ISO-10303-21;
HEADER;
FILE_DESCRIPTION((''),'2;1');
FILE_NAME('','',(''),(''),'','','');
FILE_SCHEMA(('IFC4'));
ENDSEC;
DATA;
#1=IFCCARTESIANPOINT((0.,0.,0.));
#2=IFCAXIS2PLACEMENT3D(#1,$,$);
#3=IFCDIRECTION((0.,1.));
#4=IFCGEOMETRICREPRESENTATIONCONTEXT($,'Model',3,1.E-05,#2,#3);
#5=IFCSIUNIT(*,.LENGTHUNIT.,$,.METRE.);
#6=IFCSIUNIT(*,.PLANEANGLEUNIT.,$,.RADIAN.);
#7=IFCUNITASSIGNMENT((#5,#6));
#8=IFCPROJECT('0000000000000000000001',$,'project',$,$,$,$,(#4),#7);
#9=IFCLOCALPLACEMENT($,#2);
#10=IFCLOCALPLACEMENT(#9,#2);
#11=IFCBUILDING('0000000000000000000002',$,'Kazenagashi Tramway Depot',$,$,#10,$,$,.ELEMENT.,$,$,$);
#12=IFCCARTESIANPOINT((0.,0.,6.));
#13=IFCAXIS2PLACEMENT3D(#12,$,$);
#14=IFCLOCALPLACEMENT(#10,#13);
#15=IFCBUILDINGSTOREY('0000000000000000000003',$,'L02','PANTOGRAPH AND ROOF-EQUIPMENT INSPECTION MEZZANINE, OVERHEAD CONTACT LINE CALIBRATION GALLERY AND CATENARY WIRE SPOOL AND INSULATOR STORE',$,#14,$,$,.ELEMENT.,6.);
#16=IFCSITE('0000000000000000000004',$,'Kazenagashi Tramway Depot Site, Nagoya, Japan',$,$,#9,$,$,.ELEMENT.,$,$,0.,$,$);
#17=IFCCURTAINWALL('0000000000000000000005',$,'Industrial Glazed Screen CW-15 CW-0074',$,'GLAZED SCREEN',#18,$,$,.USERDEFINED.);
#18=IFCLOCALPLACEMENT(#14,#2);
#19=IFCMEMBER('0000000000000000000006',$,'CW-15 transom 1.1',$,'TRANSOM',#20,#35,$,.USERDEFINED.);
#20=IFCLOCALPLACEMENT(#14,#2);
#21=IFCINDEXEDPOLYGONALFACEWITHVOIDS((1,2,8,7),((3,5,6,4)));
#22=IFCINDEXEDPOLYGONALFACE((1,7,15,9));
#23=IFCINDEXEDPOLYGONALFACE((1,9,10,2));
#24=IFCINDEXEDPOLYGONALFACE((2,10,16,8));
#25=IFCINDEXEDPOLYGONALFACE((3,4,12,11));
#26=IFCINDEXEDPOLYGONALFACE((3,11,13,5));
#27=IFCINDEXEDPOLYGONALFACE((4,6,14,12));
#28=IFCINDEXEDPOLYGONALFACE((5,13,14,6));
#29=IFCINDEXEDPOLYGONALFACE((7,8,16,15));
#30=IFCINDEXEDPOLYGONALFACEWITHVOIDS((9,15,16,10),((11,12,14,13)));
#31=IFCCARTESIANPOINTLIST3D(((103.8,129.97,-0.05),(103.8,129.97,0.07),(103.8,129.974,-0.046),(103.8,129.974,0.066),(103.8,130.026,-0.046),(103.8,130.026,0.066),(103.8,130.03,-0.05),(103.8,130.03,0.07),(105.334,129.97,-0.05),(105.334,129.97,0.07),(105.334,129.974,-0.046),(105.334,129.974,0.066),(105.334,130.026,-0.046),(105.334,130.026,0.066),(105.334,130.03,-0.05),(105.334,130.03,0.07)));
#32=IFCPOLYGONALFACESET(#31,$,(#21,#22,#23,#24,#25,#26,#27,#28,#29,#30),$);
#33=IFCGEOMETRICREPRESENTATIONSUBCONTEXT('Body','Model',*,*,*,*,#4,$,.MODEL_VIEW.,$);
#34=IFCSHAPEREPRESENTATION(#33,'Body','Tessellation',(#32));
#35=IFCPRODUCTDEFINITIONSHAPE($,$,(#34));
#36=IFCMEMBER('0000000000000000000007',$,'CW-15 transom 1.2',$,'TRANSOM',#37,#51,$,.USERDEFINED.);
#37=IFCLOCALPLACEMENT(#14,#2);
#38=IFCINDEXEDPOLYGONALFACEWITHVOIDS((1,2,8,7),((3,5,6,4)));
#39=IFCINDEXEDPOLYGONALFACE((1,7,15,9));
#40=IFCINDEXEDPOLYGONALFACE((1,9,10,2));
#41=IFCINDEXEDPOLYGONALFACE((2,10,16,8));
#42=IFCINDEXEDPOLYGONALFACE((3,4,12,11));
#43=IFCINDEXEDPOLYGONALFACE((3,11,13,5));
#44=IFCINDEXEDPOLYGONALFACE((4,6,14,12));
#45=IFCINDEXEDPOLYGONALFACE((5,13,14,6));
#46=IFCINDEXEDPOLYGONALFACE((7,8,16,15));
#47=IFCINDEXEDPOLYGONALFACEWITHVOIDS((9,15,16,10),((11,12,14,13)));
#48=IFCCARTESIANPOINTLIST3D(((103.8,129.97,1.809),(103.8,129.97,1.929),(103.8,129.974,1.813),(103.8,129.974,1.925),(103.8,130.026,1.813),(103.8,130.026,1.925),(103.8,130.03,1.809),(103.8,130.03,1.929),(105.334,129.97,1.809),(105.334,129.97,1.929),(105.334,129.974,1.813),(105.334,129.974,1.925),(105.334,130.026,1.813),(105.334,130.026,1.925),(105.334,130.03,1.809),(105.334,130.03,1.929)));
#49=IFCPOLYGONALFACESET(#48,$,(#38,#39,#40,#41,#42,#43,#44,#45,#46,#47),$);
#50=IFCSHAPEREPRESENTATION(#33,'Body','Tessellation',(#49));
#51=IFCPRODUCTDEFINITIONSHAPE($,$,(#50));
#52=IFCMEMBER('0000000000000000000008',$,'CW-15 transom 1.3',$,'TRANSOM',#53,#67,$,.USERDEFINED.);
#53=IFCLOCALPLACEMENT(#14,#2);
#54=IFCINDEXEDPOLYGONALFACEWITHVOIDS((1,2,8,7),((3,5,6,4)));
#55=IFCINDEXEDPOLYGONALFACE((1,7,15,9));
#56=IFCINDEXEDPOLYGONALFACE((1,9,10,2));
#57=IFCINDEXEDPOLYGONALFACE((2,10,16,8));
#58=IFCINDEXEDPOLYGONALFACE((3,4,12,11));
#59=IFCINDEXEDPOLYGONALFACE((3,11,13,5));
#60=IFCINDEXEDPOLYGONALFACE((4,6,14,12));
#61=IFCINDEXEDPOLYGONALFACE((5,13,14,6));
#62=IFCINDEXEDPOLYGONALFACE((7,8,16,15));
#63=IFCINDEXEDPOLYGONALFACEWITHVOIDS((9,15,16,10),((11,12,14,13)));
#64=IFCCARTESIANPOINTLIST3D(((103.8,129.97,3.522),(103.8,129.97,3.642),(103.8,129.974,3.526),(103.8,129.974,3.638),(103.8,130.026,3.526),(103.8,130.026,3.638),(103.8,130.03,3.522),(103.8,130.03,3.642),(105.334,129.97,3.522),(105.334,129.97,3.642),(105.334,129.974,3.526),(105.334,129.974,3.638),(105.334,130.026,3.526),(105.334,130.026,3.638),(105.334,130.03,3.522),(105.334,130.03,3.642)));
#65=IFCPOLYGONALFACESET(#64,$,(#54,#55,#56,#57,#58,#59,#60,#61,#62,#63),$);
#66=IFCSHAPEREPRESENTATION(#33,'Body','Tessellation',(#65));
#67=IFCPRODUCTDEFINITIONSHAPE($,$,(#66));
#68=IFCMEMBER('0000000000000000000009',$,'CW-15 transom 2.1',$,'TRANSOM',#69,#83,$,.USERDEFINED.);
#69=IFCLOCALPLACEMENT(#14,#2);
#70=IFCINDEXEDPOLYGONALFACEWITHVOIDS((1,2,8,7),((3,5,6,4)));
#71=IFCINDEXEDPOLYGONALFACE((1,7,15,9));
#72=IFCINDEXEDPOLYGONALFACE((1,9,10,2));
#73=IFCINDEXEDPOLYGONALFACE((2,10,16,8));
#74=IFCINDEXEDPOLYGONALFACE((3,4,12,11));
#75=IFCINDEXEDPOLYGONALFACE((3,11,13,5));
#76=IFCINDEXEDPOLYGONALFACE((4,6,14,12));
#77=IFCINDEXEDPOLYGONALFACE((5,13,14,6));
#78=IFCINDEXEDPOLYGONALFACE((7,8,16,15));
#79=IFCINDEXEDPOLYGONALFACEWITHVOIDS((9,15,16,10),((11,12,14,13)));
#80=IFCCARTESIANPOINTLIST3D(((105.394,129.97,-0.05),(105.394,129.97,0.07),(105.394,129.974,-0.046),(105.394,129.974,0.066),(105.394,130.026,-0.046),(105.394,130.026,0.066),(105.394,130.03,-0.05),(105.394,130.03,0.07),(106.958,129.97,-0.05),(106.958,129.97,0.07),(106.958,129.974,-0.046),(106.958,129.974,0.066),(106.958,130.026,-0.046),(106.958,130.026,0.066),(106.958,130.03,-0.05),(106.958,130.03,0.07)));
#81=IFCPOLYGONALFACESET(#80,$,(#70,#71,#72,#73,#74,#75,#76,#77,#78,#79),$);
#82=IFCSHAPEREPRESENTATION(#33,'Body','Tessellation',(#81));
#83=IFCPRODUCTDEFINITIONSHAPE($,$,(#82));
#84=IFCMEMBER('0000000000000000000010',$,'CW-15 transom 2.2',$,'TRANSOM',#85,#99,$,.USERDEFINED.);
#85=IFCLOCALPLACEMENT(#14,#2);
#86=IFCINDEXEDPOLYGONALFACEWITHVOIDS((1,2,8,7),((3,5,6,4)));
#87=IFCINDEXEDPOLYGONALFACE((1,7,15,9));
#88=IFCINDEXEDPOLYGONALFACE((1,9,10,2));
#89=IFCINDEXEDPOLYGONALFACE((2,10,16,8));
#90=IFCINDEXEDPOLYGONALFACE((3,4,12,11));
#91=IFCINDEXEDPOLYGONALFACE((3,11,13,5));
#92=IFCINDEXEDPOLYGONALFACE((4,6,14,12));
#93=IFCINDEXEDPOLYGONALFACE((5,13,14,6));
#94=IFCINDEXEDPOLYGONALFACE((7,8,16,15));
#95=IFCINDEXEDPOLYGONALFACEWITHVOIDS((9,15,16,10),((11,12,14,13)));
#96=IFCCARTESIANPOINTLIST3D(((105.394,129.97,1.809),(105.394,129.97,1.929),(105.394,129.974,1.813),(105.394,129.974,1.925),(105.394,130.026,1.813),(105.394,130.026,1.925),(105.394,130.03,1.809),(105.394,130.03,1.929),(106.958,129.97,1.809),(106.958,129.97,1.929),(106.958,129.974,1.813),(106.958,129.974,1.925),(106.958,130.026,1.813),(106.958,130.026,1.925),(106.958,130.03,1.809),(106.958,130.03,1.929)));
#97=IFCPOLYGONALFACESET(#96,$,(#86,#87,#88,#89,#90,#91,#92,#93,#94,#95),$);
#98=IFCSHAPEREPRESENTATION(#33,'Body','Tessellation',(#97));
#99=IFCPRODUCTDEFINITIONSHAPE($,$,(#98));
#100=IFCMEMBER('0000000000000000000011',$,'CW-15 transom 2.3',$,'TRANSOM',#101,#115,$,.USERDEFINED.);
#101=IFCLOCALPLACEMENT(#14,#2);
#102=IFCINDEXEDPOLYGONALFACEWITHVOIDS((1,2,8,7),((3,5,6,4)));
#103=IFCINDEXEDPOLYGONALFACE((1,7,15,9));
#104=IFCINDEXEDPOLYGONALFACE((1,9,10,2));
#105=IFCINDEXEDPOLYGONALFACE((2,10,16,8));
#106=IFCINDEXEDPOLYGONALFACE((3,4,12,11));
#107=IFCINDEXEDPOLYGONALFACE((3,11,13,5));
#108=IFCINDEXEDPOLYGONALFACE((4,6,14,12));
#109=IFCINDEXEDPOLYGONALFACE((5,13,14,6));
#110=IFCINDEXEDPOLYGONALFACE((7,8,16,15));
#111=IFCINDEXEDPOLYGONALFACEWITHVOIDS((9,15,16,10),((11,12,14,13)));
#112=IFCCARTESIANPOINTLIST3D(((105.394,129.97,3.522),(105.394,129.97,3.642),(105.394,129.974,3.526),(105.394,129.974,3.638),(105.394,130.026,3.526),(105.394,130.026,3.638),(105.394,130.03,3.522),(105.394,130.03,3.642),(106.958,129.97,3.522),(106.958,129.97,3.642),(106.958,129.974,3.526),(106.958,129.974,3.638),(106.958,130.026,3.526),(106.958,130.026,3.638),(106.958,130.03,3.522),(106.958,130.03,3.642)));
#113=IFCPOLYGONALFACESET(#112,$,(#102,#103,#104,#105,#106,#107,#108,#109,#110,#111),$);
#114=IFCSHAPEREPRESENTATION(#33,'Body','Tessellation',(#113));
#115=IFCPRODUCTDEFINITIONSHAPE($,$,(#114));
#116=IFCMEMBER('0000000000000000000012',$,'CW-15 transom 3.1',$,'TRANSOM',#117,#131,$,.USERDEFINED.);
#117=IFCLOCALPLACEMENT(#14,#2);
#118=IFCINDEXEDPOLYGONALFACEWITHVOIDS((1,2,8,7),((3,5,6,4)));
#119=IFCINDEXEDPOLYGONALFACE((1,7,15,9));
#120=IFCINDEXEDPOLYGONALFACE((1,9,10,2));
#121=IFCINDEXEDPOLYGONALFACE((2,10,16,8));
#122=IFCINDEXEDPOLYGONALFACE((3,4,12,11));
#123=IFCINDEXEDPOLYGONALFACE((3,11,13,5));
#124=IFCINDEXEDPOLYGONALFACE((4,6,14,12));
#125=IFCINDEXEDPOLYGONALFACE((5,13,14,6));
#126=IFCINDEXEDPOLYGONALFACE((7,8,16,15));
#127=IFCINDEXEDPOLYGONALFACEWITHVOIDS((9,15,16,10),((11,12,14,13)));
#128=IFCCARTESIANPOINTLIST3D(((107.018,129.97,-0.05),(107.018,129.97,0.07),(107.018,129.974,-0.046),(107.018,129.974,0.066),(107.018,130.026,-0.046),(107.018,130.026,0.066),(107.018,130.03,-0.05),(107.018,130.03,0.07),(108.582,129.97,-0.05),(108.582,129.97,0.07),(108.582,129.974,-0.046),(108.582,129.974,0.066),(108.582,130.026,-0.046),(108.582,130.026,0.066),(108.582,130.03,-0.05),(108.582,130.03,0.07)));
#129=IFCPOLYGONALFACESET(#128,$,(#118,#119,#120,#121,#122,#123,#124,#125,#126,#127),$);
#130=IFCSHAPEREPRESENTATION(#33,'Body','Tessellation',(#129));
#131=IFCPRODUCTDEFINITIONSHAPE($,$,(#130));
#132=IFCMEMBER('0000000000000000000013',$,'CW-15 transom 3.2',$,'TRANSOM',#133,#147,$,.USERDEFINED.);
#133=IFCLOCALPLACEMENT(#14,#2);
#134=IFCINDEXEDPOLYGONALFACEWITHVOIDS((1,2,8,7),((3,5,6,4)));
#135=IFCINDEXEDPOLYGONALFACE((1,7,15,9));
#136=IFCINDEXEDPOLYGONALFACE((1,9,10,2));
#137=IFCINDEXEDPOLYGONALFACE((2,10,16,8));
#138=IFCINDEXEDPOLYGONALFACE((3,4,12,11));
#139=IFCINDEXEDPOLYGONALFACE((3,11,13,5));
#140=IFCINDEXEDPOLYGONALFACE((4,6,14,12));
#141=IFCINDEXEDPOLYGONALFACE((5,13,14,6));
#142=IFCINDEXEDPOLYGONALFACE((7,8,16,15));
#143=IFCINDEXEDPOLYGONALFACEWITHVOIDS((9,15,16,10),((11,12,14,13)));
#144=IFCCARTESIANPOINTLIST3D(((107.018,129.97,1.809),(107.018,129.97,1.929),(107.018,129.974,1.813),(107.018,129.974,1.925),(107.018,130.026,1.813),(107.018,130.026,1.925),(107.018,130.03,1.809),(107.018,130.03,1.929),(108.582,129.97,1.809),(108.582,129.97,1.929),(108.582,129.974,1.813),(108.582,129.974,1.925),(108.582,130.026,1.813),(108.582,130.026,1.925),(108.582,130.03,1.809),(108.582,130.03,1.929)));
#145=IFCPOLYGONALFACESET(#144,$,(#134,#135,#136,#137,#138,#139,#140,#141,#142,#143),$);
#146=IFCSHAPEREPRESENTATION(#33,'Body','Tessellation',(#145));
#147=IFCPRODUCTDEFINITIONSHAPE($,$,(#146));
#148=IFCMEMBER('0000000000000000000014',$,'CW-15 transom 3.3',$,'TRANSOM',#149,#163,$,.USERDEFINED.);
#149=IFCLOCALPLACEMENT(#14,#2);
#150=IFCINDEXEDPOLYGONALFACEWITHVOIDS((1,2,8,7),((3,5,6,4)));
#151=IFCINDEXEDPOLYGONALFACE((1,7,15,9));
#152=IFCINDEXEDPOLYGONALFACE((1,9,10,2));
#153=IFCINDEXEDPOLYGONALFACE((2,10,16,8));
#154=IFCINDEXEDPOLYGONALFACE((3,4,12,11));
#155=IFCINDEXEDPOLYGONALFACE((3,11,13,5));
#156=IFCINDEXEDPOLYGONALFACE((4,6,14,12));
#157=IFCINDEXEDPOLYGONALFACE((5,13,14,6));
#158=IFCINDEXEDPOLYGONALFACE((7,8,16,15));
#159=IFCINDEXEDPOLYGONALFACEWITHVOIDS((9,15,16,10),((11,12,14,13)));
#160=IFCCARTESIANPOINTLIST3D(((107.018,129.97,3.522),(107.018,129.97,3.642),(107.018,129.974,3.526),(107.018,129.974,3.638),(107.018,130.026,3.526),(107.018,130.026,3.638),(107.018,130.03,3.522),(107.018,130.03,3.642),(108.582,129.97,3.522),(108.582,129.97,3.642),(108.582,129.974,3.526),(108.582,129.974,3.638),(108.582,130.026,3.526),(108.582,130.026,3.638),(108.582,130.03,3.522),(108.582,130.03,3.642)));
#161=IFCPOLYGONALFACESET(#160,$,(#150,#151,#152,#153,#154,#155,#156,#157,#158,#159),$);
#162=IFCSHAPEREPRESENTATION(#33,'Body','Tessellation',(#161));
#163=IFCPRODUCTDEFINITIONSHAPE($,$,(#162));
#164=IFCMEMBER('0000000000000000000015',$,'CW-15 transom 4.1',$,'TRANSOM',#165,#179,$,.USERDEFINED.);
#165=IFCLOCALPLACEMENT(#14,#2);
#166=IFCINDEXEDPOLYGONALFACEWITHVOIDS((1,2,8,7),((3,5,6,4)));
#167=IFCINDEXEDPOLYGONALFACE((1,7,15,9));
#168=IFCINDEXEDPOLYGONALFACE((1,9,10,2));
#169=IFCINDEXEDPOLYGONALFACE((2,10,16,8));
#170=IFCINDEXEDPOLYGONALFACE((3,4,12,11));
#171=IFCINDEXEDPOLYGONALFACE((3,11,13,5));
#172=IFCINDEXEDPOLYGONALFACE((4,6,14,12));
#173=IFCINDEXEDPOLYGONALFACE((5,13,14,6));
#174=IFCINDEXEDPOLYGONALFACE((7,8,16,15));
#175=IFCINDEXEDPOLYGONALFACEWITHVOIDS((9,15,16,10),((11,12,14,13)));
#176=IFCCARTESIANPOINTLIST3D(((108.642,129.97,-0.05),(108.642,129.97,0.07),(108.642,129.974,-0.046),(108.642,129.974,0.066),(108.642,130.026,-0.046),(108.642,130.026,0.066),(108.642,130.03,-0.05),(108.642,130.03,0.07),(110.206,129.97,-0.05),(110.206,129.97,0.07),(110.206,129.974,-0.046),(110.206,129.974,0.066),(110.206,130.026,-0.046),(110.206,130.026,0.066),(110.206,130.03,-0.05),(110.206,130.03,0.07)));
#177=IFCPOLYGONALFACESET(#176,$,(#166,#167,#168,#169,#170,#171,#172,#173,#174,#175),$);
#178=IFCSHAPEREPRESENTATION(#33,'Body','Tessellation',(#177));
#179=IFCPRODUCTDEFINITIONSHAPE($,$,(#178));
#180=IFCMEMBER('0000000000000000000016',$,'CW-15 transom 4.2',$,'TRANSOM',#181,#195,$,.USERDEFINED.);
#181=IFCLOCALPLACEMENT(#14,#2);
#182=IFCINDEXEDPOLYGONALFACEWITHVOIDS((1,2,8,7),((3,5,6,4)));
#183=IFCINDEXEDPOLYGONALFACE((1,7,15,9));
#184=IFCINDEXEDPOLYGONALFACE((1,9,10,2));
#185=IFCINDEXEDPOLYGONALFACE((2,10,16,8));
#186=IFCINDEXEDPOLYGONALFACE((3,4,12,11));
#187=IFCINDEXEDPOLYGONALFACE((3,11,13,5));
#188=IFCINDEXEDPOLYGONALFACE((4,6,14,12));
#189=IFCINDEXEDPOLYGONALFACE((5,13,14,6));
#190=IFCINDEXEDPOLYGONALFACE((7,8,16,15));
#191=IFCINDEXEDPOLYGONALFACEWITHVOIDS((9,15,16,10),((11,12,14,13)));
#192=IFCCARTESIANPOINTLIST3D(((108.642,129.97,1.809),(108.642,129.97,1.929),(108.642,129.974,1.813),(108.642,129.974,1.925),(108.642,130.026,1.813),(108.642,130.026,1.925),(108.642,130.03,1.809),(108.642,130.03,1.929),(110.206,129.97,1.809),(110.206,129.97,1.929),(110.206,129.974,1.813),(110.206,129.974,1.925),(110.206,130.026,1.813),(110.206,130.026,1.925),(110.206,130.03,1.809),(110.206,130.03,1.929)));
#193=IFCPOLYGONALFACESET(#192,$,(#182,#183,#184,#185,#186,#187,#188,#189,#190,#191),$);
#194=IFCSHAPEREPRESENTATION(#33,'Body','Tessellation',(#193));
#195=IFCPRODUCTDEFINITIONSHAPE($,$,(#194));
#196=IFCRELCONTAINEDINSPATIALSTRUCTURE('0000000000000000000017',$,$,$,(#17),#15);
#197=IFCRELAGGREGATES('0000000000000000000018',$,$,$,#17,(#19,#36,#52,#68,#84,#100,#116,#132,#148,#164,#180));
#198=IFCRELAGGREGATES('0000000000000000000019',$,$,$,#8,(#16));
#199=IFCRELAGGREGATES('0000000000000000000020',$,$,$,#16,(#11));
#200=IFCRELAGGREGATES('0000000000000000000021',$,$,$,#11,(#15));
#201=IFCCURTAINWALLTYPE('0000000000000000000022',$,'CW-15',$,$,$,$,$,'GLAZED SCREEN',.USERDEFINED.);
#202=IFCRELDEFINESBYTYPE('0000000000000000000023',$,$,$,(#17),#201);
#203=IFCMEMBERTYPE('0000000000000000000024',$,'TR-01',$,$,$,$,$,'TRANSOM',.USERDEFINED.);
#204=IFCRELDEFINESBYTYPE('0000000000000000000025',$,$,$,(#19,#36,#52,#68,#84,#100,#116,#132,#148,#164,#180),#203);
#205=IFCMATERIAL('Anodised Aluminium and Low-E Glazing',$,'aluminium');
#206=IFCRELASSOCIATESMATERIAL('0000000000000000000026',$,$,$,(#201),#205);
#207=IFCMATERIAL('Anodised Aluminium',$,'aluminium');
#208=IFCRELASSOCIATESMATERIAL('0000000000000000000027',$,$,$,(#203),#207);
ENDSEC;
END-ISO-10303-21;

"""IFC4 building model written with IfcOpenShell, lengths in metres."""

from ifc_helpers import new_model, si_unit, direction, frame, origin, origin_2d, place, context, subcontext, project, spatial, hollow_rectangle, extrude, material, material_profile, profile_set, type_object, element, aggregate, save


model = new_model("IFC4")

# Units and contexts
model_context = context("Model", 3, precision=1e-05, world=origin(), true_north=direction((0.0, 1.0)))
body_context = subcontext(model_context, "Body", "Model", "MODEL_VIEW")
ifc_project = project(units=[si_unit("LENGTHUNIT", "METRE"), si_unit("PLANEANGLEUNIT", "RADIAN")], contexts=[model_context])

# Site, building, storey
site_placement = place(None, origin())
site = spatial("IfcSite", under=ifc_project, at=site_placement, Name="Kazenagashi Tramway Depot Site, Nagoya, Japan", CompositionType="ELEMENT", RefElevation=0.0)
building_placement = place(site_placement, origin())
building = spatial("IfcBuilding", under=site, at=building_placement, Name="Kazenagashi Tramway Depot", CompositionType="ELEMENT")
storey_placement = place(building_placement, frame((0.0, 0.0, 6.0)))
storey = spatial("IfcBuildingStorey", under=building, at=storey_placement, Name="L02", Description="PANTOGRAPH AND ROOF-EQUIPMENT INSPECTION MEZZANINE, OVERHEAD CONTACT LINE CALIBRATION GALLERY AND CATENARY WIRE SPOOL AND INSULATOR STORE", CompositionType="ELEMENT", Elevation=6.0)

# Shared definitions
ifc_material_1 = material(Name="Anodised Aluminium and Low-E Glazing", Category="aluminium")
curtain_wall_type = type_object("IfcCurtainWallType", Name="CW-15", ElementType="GLAZED SCREEN", PredefinedType="USERDEFINED", material=ifc_material_1)
ifc_material_2 = material(Name="Anodised Aluminium", Category="aluminium")

# Curtain wall
curtain_wall_1_placement = place(storey_placement, origin())
curtain_wall_1 = element("IfcCurtainWall", 1, at=curtain_wall_1_placement, inside=storey, type_object=curtain_wall_type, Name="Industrial Glazed Screen CW-15 CW-0074", ObjectType="GLAZED SCREEN", PredefinedType="USERDEFINED")

# Members
ifc_material_profile_1 = material_profile(ifc_material_2, hollow_rectangle(XDim=0.06, YDim=0.12, WallThickness=0.004, at=origin_2d()), Name="RHS-120x60x4")
ifc_profile_set_1 = profile_set([ifc_material_profile_1], Name="Anodised Aluminium")
member_type_1 = type_object("IfcMemberType", Name="TR-01", ElementType="TRANSOM", PredefinedType="USERDEFINED", material=ifc_profile_set_1)
member_1_placement = place(storey_placement, frame((103.8, 130.0, 0.01), z_axis=(1.0, 0.0, 0.0), x_axis=(0.0, 1.0, 0.0)))
member_1 = element("IfcMember", 2, at=member_1_placement, type_object=member_type_1, Name="CW-15 transom 1.1", ObjectType="TRANSOM", PredefinedType="USERDEFINED", context=body_context, shape_type="SweptSolid", body=[
    extrude(hollow_rectangle(XDim=0.06, YDim=0.12, WallThickness=0.004, at=origin_2d()), origin(), (0.0, 0.0, 1.0), 1.534),
])
member_2_placement = place(storey_placement, frame((103.8, 130.0, 1.869), z_axis=(1.0, 0.0, 0.0), x_axis=(0.0, 1.0, 0.0)))
member_2 = element("IfcMember", 3, at=member_2_placement, type_object=member_type_1, Name="CW-15 transom 1.2", ObjectType="TRANSOM", PredefinedType="USERDEFINED", context=body_context, shape_type="SweptSolid", body=[
    extrude(hollow_rectangle(XDim=0.06, YDim=0.12, WallThickness=0.004, at=origin_2d()), origin(), (0.0, 0.0, 1.0), 1.534),
])
member_3_placement = place(storey_placement, frame((103.8, 130.0, 3.582), z_axis=(1.0, 0.0, 0.0), x_axis=(0.0, 1.0, 0.0)))
member_3 = element("IfcMember", 4, at=member_3_placement, type_object=member_type_1, Name="CW-15 transom 1.3", ObjectType="TRANSOM", PredefinedType="USERDEFINED", context=body_context, shape_type="SweptSolid", body=[
    extrude(hollow_rectangle(XDim=0.06, YDim=0.12, WallThickness=0.004, at=origin_2d()), origin(), (0.0, 0.0, 1.0), 1.534),
])
member_4_placement = place(storey_placement, frame((105.394, 130.0, 0.01), z_axis=(1.0, 0.0, 0.0), x_axis=(0.0, 1.0, 0.0)))
member_4 = element("IfcMember", 5, at=member_4_placement, type_object=member_type_1, Name="CW-15 transom 2.1", ObjectType="TRANSOM", PredefinedType="USERDEFINED", context=body_context, shape_type="SweptSolid", body=[
    extrude(hollow_rectangle(XDim=0.06, YDim=0.12, WallThickness=0.004, at=origin_2d()), origin(), (0.0, 0.0, 1.0), 1.564),
])
member_5_placement = place(storey_placement, frame((105.394, 130.0, 1.869), z_axis=(1.0, 0.0, 0.0), x_axis=(0.0, 1.0, 0.0)))
member_5 = element("IfcMember", 6, at=member_5_placement, type_object=member_type_1, Name="CW-15 transom 2.2", ObjectType="TRANSOM", PredefinedType="USERDEFINED", context=body_context, shape_type="SweptSolid", body=[
    extrude(hollow_rectangle(XDim=0.06, YDim=0.12, WallThickness=0.004, at=origin_2d()), origin(), (0.0, 0.0, 1.0), 1.564),
])
member_6_placement = place(storey_placement, frame((105.394, 130.0, 3.582), z_axis=(1.0, 0.0, 0.0), x_axis=(0.0, 1.0, 0.0)))
member_6 = element("IfcMember", 7, at=member_6_placement, type_object=member_type_1, Name="CW-15 transom 2.3", ObjectType="TRANSOM", PredefinedType="USERDEFINED", context=body_context, shape_type="SweptSolid", body=[
    extrude(hollow_rectangle(XDim=0.06, YDim=0.12, WallThickness=0.004, at=origin_2d()), origin(), (0.0, 0.0, 1.0), 1.564),
])
member_7_placement = place(storey_placement, frame((107.018, 130.0, 0.01), z_axis=(1.0, 0.0, 0.0), x_axis=(0.0, 1.0, 0.0)))
member_7 = element("IfcMember", 8, at=member_7_placement, type_object=member_type_1, Name="CW-15 transom 3.1", ObjectType="TRANSOM", PredefinedType="USERDEFINED", context=body_context, shape_type="SweptSolid", body=[
    extrude(hollow_rectangle(XDim=0.06, YDim=0.12, WallThickness=0.004, at=origin_2d()), origin(), (0.0, 0.0, 1.0), 1.564),
])
member_8_placement = place(storey_placement, frame((107.018, 130.0, 1.869), z_axis=(1.0, 0.0, 0.0), x_axis=(0.0, 1.0, 0.0)))
member_8 = element("IfcMember", 9, at=member_8_placement, type_object=member_type_1, Name="CW-15 transom 3.2", ObjectType="TRANSOM", PredefinedType="USERDEFINED", context=body_context, shape_type="SweptSolid", body=[
    extrude(hollow_rectangle(XDim=0.06, YDim=0.12, WallThickness=0.004, at=origin_2d()), origin(), (0.0, 0.0, 1.0), 1.564),
])
member_9_placement = place(storey_placement, frame((107.018, 130.0, 3.582), z_axis=(1.0, 0.0, 0.0), x_axis=(0.0, 1.0, 0.0)))
member_9 = element("IfcMember", 10, at=member_9_placement, type_object=member_type_1, Name="CW-15 transom 3.3", ObjectType="TRANSOM", PredefinedType="USERDEFINED", context=body_context, shape_type="SweptSolid", body=[
    extrude(hollow_rectangle(XDim=0.06, YDim=0.12, WallThickness=0.004, at=origin_2d()), origin(), (0.0, 0.0, 1.0), 1.564),
])
member_10_placement = place(storey_placement, frame((108.642, 130.0, 0.01), z_axis=(1.0, 0.0, 0.0), x_axis=(0.0, 1.0, 0.0)))
member_10 = element("IfcMember", 11, at=member_10_placement, type_object=member_type_1, Name="CW-15 transom 4.1", ObjectType="TRANSOM", PredefinedType="USERDEFINED", context=body_context, shape_type="SweptSolid", body=[
    extrude(hollow_rectangle(XDim=0.06, YDim=0.12, WallThickness=0.004, at=origin_2d()), origin(), (0.0, 0.0, 1.0), 1.564),
])
member_11_placement = place(storey_placement, frame((108.642, 130.0, 1.869), z_axis=(1.0, 0.0, 0.0), x_axis=(0.0, 1.0, 0.0)))
member_11 = element("IfcMember", 12, at=member_11_placement, type_object=member_type_1, Name="CW-15 transom 4.2", ObjectType="TRANSOM", PredefinedType="USERDEFINED", context=body_context, shape_type="SweptSolid", body=[
    extrude(hollow_rectangle(XDim=0.06, YDim=0.12, WallThickness=0.004, at=origin_2d()), origin(), (0.0, 0.0, 1.0), 1.564),
])

aggregate(curtain_wall_1, [member_1, member_2, member_3, member_4, member_5, member_6, member_7, member_8, member_9, member_10, member_11])

save(model, "model.ifc")
